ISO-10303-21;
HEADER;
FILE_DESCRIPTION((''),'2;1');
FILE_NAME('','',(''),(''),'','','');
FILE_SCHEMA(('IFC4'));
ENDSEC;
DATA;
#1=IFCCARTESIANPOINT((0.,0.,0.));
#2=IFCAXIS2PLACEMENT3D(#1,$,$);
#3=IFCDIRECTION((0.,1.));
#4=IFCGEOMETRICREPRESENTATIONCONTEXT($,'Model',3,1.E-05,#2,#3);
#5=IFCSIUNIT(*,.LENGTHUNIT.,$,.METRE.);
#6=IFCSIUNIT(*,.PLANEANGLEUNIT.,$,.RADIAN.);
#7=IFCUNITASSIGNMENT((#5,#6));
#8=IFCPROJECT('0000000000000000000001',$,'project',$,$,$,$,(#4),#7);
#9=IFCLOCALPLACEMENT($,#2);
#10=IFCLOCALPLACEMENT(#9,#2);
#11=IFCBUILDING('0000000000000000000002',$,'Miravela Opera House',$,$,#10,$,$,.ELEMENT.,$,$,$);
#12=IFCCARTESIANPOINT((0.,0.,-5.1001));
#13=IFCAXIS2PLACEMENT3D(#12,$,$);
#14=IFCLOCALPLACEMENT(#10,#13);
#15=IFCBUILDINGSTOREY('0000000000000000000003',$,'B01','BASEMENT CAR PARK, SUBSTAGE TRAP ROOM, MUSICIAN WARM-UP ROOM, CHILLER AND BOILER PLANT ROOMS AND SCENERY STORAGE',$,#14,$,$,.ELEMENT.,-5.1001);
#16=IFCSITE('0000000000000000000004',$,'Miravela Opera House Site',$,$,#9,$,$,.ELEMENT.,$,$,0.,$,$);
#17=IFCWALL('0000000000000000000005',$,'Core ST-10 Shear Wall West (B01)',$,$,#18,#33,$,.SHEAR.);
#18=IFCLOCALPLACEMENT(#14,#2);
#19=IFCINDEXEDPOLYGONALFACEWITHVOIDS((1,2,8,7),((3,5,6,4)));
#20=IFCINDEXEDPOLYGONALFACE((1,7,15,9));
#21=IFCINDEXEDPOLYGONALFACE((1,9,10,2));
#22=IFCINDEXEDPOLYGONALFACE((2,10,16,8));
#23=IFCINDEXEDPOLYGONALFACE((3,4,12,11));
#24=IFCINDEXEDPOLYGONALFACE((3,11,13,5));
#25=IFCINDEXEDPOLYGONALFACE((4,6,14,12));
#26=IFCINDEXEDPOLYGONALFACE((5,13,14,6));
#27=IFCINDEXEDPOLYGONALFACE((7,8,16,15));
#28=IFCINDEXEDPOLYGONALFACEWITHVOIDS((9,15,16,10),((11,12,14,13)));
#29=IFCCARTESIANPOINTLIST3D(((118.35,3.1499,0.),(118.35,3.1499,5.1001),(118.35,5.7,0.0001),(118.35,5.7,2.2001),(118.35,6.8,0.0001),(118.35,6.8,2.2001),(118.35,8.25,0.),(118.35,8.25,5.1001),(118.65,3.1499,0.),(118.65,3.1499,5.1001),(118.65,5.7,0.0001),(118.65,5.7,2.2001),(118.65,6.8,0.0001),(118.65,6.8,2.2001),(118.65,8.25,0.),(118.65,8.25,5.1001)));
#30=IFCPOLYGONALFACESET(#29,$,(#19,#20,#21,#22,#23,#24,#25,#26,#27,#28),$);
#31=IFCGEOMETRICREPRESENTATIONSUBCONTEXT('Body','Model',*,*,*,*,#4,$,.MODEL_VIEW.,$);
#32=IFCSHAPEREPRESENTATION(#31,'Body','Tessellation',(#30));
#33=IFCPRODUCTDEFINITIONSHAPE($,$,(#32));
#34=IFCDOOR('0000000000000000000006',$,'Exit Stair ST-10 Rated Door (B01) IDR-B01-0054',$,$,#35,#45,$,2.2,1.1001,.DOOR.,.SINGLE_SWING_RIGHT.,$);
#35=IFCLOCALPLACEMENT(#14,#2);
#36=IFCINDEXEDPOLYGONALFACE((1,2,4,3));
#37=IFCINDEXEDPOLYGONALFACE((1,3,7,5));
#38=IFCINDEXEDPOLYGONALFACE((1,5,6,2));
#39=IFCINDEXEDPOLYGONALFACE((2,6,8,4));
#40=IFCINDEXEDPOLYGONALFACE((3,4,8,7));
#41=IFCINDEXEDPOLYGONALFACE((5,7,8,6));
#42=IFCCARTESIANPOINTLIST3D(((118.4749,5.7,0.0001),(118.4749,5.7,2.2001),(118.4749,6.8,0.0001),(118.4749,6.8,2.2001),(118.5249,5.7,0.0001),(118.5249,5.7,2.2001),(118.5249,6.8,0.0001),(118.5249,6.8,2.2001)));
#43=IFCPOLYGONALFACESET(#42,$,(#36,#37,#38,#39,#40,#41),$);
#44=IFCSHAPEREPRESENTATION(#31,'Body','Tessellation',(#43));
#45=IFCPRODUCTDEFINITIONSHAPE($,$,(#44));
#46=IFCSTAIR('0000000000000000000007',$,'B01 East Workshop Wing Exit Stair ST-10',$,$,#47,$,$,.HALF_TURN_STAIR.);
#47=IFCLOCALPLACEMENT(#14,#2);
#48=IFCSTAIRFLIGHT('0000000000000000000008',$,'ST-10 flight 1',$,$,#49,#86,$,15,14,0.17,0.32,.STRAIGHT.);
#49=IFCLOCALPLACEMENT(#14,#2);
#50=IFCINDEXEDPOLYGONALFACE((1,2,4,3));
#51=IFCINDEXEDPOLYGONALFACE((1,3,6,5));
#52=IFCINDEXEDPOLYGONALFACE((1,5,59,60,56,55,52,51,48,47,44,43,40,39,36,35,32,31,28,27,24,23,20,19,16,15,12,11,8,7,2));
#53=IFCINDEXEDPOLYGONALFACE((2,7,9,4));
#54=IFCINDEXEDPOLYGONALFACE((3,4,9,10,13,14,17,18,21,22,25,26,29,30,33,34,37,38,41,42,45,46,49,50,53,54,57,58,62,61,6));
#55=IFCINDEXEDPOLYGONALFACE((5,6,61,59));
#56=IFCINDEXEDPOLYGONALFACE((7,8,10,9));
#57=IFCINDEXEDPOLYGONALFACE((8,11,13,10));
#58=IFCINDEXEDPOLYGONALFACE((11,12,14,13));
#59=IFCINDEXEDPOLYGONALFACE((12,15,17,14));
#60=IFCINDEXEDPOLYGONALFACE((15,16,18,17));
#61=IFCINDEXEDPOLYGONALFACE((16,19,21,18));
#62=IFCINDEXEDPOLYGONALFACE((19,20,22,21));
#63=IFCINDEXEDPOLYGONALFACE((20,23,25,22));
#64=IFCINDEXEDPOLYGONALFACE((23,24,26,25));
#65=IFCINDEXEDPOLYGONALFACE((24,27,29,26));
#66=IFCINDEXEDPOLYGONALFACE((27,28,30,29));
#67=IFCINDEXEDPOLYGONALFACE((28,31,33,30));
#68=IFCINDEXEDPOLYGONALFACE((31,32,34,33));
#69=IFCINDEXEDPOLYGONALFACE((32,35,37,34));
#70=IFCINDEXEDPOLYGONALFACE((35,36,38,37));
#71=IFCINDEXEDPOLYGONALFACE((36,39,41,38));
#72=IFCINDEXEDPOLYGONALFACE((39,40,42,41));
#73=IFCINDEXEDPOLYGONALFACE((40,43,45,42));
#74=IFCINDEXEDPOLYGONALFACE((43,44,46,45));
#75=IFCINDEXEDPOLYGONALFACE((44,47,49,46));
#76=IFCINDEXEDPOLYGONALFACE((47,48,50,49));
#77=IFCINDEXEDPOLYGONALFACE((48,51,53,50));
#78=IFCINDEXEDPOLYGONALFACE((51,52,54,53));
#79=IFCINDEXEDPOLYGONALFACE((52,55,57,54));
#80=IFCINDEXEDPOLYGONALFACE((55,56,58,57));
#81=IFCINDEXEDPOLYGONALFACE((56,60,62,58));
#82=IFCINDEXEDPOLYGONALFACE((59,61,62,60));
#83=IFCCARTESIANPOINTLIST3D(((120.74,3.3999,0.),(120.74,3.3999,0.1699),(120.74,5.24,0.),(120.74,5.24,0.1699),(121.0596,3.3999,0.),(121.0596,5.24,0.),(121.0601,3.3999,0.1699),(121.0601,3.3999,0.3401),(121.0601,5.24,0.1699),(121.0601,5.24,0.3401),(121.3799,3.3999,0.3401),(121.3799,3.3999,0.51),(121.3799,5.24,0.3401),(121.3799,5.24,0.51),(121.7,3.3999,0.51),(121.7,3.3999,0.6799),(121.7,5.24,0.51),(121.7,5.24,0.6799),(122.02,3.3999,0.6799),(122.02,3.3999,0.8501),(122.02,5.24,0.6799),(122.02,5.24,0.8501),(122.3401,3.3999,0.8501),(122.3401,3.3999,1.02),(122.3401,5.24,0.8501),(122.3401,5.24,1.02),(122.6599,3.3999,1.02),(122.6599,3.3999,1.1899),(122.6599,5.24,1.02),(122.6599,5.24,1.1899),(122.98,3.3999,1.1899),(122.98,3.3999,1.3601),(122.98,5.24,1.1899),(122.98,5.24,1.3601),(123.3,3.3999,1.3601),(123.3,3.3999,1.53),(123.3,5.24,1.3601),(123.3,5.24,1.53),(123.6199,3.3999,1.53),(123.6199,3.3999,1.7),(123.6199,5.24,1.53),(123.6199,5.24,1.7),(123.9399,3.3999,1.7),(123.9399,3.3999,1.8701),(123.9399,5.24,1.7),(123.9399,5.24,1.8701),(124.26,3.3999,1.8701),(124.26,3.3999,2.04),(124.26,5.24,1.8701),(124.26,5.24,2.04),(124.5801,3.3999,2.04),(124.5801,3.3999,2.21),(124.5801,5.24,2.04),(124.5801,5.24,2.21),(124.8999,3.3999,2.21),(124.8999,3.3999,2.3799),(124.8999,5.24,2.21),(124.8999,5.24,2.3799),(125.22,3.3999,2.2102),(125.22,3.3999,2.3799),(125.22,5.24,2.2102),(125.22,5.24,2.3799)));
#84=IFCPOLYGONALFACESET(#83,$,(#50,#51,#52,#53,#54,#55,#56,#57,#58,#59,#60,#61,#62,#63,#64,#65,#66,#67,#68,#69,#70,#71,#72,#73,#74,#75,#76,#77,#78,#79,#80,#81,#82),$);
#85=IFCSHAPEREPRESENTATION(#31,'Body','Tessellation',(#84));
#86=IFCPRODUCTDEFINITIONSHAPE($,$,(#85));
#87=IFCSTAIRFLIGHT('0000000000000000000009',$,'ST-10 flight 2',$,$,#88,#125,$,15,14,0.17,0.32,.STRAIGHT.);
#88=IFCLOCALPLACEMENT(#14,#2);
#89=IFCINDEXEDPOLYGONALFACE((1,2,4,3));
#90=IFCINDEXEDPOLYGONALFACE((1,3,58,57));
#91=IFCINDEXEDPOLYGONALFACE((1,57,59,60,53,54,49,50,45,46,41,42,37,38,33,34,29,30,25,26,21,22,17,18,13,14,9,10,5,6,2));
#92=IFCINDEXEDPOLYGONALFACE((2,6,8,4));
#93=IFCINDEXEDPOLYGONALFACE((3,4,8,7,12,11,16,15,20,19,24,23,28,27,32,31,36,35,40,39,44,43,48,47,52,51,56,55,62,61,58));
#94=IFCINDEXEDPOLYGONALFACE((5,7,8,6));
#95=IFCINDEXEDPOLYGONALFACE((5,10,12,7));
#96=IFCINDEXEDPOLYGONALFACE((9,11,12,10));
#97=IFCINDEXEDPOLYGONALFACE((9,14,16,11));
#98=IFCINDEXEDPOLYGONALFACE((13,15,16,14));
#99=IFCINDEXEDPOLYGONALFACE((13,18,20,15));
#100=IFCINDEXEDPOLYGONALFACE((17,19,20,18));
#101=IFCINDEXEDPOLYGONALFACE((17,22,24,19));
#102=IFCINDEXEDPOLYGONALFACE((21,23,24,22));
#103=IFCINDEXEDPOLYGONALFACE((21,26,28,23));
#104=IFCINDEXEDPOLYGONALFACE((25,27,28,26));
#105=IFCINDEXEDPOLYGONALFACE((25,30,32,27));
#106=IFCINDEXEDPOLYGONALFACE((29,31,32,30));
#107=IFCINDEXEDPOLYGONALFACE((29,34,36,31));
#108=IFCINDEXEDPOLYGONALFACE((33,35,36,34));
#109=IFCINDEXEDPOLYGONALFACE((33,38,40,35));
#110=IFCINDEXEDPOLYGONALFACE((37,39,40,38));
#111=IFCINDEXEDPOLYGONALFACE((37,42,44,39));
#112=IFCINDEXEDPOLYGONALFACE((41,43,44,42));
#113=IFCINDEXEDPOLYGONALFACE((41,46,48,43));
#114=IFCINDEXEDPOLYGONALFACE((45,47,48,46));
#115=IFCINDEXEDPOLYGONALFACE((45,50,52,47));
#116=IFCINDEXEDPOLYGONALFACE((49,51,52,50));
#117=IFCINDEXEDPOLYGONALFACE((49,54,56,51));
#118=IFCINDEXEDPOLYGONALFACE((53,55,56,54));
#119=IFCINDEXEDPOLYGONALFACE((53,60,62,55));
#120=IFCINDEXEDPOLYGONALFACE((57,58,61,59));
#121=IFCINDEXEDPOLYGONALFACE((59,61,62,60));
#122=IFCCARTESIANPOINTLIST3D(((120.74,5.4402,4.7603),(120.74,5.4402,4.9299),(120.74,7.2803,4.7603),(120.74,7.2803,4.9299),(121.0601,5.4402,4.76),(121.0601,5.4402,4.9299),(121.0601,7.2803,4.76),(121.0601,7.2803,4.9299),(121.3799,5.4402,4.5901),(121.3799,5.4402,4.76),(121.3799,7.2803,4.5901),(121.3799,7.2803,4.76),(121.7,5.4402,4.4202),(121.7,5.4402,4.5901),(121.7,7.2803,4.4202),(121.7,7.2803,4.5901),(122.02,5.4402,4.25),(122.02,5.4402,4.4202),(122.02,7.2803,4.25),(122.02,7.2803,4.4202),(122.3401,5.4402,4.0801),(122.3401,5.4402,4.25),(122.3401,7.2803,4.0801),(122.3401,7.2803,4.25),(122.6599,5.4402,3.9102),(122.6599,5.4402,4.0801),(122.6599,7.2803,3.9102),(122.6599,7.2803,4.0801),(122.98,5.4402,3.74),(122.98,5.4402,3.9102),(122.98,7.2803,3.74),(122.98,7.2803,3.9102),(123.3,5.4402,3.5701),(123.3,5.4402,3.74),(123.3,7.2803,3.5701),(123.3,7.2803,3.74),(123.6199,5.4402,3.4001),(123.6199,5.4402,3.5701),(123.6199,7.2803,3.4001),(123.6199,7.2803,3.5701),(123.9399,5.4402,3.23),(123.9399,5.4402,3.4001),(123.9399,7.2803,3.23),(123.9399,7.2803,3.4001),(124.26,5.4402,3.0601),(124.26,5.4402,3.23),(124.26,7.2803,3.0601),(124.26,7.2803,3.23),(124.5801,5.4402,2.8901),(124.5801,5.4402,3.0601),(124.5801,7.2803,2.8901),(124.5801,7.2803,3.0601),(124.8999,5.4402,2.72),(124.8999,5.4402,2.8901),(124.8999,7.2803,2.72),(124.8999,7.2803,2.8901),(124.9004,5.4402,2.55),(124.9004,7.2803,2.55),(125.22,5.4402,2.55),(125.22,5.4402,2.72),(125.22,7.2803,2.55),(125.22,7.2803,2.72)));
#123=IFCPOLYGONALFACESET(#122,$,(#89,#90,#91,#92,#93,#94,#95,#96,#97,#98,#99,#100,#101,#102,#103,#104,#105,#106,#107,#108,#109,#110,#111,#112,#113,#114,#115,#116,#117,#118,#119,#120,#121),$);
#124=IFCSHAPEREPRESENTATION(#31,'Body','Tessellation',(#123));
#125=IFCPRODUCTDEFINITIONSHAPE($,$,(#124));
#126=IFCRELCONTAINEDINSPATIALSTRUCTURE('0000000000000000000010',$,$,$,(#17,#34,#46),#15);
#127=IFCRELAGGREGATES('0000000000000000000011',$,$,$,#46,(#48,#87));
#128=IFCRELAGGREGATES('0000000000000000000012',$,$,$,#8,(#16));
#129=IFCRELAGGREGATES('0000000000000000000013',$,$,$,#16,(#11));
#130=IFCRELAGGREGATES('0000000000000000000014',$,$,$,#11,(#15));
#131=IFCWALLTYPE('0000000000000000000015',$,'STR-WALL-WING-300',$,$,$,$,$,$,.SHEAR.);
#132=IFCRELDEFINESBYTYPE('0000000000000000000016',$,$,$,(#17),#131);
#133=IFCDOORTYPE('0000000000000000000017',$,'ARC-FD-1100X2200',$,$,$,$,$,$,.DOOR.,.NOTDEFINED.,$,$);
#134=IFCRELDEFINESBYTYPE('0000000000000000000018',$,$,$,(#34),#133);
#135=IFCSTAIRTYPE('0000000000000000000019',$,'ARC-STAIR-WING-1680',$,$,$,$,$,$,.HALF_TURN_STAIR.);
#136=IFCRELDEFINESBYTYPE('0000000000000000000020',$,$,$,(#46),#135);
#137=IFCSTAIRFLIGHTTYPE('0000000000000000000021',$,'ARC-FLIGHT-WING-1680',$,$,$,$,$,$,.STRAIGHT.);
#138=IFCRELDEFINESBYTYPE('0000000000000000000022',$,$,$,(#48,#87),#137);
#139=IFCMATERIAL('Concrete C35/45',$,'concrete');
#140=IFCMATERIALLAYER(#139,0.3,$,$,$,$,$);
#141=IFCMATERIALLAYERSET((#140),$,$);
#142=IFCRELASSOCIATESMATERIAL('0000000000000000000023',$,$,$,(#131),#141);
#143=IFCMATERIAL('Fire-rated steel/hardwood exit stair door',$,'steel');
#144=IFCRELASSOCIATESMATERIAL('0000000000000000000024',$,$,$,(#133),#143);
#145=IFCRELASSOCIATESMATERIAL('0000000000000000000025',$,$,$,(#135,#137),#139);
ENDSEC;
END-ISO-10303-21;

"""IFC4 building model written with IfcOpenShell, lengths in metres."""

from ifc_helpers import new_model, si_unit, direction, frame, frame_2d, origin, place, context, subcontext, project, spatial, polyline, rectangle, outline, extrude, material, layer, layer_set, type_object, element, fill, aggregate, save


model = new_model("IFC4")

# Units and contexts
model_context = context("Model", 3, precision=1e-05, world=origin(), true_north=direction((0.0, 1.0)))
body_context = subcontext(model_context, "Body", "Model", "MODEL_VIEW")
ifc_project = project(units=[si_unit("LENGTHUNIT", "METRE"), si_unit("PLANEANGLEUNIT", "RADIAN")], contexts=[model_context])

# Site, building, storey
site_placement = place(None, origin())
site = spatial("IfcSite", under=ifc_project, at=site_placement, Name="Miravela Opera House Site", CompositionType="ELEMENT", RefElevation=0.0)
building_placement = place(site_placement, origin())
building = spatial("IfcBuilding", under=site, at=building_placement, Name="Miravela Opera House", CompositionType="ELEMENT")
storey_placement = place(building_placement, frame((0.0, 0.0, -5.1001)))
storey = spatial("IfcBuildingStorey", under=building, at=storey_placement, Name="B01", Description="BASEMENT CAR PARK, SUBSTAGE TRAP ROOM, MUSICIAN WARM-UP ROOM, CHILLER AND BOILER PLANT ROOMS AND SCENERY STORAGE", CompositionType="ELEMENT", Elevation=-5.1001)

# Shared definitions
ifc_material_1 = material(Name="Concrete C35/45", Category="concrete")

# Shared definitions
ifc_layer = layer(ifc_material_1, 0.3)
ifc_layer_set = layer_set([ifc_layer])
wall_type = type_object("IfcWallType", Name="STR-WALL-WING-300", PredefinedType="SHEAR", material=ifc_layer_set)

# Wall, opening, door
wall_1_placement = place(storey_placement, frame((118.5, 3.1499, 0.0), z_axis=(0.0, 0.0, 1.0), x_axis=(0.0, 1.0, 0.0)))
wall_1 = element("IfcWall", 1, at=wall_1_placement, inside=storey, type_object=wall_type, Name="Core ST-10 Shear Wall West (B01)", PredefinedType="SHEAR", context=body_context, shape_type="SweptSolid", body=[
    extrude(rectangle(XDim=5.1001, YDim=0.3, at=frame_2d((2.55, 0.0))), origin(), (0.0, 0.0, 1.0), 5.1001),
])
opening_placement = place(wall_1_placement, frame((2.55, 0.0, 0.0)))
opening = element("IfcOpeningElement", 2, at=opening_placement, cuts=wall_1, PredefinedType="OPENING", context=body_context, shape_type="SweptSolid", body=[
    extrude(rectangle(XDim=1.1001, YDim=2.2, at=frame_2d((0.55, 1.1001))), frame((0.0, 0.1599, 0.0), z_axis=(0.0, -1.0, 0.0), x_axis=(1.0, 0.0, 0.0)), (0.0, 0.0, 1.0), 0.3201),
])
ifc_material_2 = material(Name="Fire-rated steel/hardwood exit stair door", Category="steel")
door_type = type_object("IfcDoorType", Name="ARC-FD-1100X2200", OperationType="NOTDEFINED", PredefinedType="DOOR", material=ifc_material_2)
door_placement = place(opening_placement, frame((1.1001, 0.0, 0.0), z_axis=(0.0, 0.0, 1.0), x_axis=(-1.0, 0.0, 0.0)))
door = element("IfcDoor", 3, at=door_placement, inside=storey, type_object=door_type, Name="Exit Stair ST-10 Rated Door (B01) IDR-B01-0054", OperationType="SINGLE_SWING_RIGHT", OverallHeight=2.2, OverallWidth=1.1001, PredefinedType="DOOR", context=body_context, shape_type="SweptSolid", body=[
    extrude(rectangle(XDim=1.1001, YDim=2.2, at=frame_2d((0.55, 1.1001))), frame((0.0, 0.0249, 0.0), z_axis=(0.0, -1.0, 0.0), x_axis=(1.0, 0.0, 0.0)), (0.0, 0.0, 1.0), 0.05),
])
fill(opening, door)

# Stair, stair flights
stair_type = type_object("IfcStairType", Name="ARC-STAIR-WING-1680", PredefinedType="HALF_TURN_STAIR", material=ifc_material_1)
stair_placement = place(storey_placement, origin())
stair = element("IfcStair", 4, at=stair_placement, inside=storey, type_object=stair_type, Name="B01 East Workshop Wing Exit Stair ST-10", PredefinedType="HALF_TURN_STAIR")
stair_flight_type = type_object("IfcStairFlightType", Name="ARC-FLIGHT-WING-1680", PredefinedType="STRAIGHT", material=ifc_material_1)
stair_flight_1_placement = place(storey_placement, frame((120.74, 4.3201, 0.0), z_axis=(0.0, 0.0, 1.0), x_axis=(1.0, 0.0, 0.0)))
stair_flight_1 = element("IfcStairFlight", 5, at=stair_flight_1_placement, type_object=stair_flight_type, Name="ST-10 flight 1", NumberOfRisers=15, NumberOfTreads=14, PredefinedType="STRAIGHT", RiserHeight=0.17, TreadLength=0.32, context=body_context, shape_type="SweptSolid", body=[
    extrude(outline(polyline([(0.0, 0.0), (0.0, 0.1699), (0.3201, 0.1699), (0.3201, 0.3401), (0.6399, 0.3401), (0.6399, 0.51), (0.96, 0.51), (0.96, 0.6799), (1.28, 0.6799), (1.28, 0.8501), (1.6001, 0.8501), (1.6001, 1.02), (1.9199, 1.02), (1.9199, 1.1899), (2.24, 1.1899), (2.24, 1.3601), (2.5601, 1.3601), (2.5601, 1.53), (2.8799, 1.53), (2.8799, 1.7), (3.2, 1.7), (3.2, 1.8701), (3.52, 1.8701), (3.52, 2.04), (3.8401, 2.04), (3.8401, 2.21), (4.1599, 2.21), (4.1599, 2.3799), (4.48, 2.3799), (4.48, 2.55), (4.48, 2.2102), (0.3196, 0.0), (0.0, 0.0)])), frame((0.0, 0.9199, 0.0), z_axis=(0.0, -1.0, 0.0), x_axis=(1.0, 0.0, 0.0)), (0.0, 0.0, 1.0), 1.8401),
])
stair_flight_2_placement = place(storey_placement, frame((125.22, 6.3601, 2.55), z_axis=(0.0, 0.0, 1.0), x_axis=(-1.0, 0.0, 0.0)))
stair_flight_2 = element("IfcStairFlight", 6, at=stair_flight_2_placement, type_object=stair_flight_type, Name="ST-10 flight 2", NumberOfRisers=15, NumberOfTreads=14, PredefinedType="STRAIGHT", RiserHeight=0.17, TreadLength=0.32, context=body_context, shape_type="SweptSolid", body=[
    extrude(outline(polyline([(0.0, 0.0), (0.0, 0.1699), (0.3201, 0.1699), (0.3201, 0.3401), (0.6399, 0.3401), (0.6399, 0.51), (0.96, 0.51), (0.96, 0.6799), (1.28, 0.6799), (1.28, 0.8501), (1.6001, 0.8501), (1.6001, 1.02), (1.9199, 1.02), (1.9199, 1.1899), (2.24, 1.1899), (2.24, 1.3601), (2.5601, 1.3601), (2.5601, 1.53), (2.8799, 1.53), (2.8799, 1.7), (3.2, 1.7), (3.2, 1.8701), (3.52, 1.8701), (3.52, 2.04), (3.8401, 2.04), (3.8401, 2.21), (4.1599, 2.21), (4.1599, 2.3799), (4.48, 2.3799), (4.48, 2.55), (4.48, 2.2102), (0.3196, 0.0), (0.0, 0.0)])), frame((0.0, 0.9199, 0.0), z_axis=(0.0, -1.0, 0.0), x_axis=(1.0, 0.0, 0.0)), (0.0, 0.0, 1.0), 1.8401),
])
aggregate(stair, [stair_flight_1, stair_flight_2])

save(model, "model.ifc")
